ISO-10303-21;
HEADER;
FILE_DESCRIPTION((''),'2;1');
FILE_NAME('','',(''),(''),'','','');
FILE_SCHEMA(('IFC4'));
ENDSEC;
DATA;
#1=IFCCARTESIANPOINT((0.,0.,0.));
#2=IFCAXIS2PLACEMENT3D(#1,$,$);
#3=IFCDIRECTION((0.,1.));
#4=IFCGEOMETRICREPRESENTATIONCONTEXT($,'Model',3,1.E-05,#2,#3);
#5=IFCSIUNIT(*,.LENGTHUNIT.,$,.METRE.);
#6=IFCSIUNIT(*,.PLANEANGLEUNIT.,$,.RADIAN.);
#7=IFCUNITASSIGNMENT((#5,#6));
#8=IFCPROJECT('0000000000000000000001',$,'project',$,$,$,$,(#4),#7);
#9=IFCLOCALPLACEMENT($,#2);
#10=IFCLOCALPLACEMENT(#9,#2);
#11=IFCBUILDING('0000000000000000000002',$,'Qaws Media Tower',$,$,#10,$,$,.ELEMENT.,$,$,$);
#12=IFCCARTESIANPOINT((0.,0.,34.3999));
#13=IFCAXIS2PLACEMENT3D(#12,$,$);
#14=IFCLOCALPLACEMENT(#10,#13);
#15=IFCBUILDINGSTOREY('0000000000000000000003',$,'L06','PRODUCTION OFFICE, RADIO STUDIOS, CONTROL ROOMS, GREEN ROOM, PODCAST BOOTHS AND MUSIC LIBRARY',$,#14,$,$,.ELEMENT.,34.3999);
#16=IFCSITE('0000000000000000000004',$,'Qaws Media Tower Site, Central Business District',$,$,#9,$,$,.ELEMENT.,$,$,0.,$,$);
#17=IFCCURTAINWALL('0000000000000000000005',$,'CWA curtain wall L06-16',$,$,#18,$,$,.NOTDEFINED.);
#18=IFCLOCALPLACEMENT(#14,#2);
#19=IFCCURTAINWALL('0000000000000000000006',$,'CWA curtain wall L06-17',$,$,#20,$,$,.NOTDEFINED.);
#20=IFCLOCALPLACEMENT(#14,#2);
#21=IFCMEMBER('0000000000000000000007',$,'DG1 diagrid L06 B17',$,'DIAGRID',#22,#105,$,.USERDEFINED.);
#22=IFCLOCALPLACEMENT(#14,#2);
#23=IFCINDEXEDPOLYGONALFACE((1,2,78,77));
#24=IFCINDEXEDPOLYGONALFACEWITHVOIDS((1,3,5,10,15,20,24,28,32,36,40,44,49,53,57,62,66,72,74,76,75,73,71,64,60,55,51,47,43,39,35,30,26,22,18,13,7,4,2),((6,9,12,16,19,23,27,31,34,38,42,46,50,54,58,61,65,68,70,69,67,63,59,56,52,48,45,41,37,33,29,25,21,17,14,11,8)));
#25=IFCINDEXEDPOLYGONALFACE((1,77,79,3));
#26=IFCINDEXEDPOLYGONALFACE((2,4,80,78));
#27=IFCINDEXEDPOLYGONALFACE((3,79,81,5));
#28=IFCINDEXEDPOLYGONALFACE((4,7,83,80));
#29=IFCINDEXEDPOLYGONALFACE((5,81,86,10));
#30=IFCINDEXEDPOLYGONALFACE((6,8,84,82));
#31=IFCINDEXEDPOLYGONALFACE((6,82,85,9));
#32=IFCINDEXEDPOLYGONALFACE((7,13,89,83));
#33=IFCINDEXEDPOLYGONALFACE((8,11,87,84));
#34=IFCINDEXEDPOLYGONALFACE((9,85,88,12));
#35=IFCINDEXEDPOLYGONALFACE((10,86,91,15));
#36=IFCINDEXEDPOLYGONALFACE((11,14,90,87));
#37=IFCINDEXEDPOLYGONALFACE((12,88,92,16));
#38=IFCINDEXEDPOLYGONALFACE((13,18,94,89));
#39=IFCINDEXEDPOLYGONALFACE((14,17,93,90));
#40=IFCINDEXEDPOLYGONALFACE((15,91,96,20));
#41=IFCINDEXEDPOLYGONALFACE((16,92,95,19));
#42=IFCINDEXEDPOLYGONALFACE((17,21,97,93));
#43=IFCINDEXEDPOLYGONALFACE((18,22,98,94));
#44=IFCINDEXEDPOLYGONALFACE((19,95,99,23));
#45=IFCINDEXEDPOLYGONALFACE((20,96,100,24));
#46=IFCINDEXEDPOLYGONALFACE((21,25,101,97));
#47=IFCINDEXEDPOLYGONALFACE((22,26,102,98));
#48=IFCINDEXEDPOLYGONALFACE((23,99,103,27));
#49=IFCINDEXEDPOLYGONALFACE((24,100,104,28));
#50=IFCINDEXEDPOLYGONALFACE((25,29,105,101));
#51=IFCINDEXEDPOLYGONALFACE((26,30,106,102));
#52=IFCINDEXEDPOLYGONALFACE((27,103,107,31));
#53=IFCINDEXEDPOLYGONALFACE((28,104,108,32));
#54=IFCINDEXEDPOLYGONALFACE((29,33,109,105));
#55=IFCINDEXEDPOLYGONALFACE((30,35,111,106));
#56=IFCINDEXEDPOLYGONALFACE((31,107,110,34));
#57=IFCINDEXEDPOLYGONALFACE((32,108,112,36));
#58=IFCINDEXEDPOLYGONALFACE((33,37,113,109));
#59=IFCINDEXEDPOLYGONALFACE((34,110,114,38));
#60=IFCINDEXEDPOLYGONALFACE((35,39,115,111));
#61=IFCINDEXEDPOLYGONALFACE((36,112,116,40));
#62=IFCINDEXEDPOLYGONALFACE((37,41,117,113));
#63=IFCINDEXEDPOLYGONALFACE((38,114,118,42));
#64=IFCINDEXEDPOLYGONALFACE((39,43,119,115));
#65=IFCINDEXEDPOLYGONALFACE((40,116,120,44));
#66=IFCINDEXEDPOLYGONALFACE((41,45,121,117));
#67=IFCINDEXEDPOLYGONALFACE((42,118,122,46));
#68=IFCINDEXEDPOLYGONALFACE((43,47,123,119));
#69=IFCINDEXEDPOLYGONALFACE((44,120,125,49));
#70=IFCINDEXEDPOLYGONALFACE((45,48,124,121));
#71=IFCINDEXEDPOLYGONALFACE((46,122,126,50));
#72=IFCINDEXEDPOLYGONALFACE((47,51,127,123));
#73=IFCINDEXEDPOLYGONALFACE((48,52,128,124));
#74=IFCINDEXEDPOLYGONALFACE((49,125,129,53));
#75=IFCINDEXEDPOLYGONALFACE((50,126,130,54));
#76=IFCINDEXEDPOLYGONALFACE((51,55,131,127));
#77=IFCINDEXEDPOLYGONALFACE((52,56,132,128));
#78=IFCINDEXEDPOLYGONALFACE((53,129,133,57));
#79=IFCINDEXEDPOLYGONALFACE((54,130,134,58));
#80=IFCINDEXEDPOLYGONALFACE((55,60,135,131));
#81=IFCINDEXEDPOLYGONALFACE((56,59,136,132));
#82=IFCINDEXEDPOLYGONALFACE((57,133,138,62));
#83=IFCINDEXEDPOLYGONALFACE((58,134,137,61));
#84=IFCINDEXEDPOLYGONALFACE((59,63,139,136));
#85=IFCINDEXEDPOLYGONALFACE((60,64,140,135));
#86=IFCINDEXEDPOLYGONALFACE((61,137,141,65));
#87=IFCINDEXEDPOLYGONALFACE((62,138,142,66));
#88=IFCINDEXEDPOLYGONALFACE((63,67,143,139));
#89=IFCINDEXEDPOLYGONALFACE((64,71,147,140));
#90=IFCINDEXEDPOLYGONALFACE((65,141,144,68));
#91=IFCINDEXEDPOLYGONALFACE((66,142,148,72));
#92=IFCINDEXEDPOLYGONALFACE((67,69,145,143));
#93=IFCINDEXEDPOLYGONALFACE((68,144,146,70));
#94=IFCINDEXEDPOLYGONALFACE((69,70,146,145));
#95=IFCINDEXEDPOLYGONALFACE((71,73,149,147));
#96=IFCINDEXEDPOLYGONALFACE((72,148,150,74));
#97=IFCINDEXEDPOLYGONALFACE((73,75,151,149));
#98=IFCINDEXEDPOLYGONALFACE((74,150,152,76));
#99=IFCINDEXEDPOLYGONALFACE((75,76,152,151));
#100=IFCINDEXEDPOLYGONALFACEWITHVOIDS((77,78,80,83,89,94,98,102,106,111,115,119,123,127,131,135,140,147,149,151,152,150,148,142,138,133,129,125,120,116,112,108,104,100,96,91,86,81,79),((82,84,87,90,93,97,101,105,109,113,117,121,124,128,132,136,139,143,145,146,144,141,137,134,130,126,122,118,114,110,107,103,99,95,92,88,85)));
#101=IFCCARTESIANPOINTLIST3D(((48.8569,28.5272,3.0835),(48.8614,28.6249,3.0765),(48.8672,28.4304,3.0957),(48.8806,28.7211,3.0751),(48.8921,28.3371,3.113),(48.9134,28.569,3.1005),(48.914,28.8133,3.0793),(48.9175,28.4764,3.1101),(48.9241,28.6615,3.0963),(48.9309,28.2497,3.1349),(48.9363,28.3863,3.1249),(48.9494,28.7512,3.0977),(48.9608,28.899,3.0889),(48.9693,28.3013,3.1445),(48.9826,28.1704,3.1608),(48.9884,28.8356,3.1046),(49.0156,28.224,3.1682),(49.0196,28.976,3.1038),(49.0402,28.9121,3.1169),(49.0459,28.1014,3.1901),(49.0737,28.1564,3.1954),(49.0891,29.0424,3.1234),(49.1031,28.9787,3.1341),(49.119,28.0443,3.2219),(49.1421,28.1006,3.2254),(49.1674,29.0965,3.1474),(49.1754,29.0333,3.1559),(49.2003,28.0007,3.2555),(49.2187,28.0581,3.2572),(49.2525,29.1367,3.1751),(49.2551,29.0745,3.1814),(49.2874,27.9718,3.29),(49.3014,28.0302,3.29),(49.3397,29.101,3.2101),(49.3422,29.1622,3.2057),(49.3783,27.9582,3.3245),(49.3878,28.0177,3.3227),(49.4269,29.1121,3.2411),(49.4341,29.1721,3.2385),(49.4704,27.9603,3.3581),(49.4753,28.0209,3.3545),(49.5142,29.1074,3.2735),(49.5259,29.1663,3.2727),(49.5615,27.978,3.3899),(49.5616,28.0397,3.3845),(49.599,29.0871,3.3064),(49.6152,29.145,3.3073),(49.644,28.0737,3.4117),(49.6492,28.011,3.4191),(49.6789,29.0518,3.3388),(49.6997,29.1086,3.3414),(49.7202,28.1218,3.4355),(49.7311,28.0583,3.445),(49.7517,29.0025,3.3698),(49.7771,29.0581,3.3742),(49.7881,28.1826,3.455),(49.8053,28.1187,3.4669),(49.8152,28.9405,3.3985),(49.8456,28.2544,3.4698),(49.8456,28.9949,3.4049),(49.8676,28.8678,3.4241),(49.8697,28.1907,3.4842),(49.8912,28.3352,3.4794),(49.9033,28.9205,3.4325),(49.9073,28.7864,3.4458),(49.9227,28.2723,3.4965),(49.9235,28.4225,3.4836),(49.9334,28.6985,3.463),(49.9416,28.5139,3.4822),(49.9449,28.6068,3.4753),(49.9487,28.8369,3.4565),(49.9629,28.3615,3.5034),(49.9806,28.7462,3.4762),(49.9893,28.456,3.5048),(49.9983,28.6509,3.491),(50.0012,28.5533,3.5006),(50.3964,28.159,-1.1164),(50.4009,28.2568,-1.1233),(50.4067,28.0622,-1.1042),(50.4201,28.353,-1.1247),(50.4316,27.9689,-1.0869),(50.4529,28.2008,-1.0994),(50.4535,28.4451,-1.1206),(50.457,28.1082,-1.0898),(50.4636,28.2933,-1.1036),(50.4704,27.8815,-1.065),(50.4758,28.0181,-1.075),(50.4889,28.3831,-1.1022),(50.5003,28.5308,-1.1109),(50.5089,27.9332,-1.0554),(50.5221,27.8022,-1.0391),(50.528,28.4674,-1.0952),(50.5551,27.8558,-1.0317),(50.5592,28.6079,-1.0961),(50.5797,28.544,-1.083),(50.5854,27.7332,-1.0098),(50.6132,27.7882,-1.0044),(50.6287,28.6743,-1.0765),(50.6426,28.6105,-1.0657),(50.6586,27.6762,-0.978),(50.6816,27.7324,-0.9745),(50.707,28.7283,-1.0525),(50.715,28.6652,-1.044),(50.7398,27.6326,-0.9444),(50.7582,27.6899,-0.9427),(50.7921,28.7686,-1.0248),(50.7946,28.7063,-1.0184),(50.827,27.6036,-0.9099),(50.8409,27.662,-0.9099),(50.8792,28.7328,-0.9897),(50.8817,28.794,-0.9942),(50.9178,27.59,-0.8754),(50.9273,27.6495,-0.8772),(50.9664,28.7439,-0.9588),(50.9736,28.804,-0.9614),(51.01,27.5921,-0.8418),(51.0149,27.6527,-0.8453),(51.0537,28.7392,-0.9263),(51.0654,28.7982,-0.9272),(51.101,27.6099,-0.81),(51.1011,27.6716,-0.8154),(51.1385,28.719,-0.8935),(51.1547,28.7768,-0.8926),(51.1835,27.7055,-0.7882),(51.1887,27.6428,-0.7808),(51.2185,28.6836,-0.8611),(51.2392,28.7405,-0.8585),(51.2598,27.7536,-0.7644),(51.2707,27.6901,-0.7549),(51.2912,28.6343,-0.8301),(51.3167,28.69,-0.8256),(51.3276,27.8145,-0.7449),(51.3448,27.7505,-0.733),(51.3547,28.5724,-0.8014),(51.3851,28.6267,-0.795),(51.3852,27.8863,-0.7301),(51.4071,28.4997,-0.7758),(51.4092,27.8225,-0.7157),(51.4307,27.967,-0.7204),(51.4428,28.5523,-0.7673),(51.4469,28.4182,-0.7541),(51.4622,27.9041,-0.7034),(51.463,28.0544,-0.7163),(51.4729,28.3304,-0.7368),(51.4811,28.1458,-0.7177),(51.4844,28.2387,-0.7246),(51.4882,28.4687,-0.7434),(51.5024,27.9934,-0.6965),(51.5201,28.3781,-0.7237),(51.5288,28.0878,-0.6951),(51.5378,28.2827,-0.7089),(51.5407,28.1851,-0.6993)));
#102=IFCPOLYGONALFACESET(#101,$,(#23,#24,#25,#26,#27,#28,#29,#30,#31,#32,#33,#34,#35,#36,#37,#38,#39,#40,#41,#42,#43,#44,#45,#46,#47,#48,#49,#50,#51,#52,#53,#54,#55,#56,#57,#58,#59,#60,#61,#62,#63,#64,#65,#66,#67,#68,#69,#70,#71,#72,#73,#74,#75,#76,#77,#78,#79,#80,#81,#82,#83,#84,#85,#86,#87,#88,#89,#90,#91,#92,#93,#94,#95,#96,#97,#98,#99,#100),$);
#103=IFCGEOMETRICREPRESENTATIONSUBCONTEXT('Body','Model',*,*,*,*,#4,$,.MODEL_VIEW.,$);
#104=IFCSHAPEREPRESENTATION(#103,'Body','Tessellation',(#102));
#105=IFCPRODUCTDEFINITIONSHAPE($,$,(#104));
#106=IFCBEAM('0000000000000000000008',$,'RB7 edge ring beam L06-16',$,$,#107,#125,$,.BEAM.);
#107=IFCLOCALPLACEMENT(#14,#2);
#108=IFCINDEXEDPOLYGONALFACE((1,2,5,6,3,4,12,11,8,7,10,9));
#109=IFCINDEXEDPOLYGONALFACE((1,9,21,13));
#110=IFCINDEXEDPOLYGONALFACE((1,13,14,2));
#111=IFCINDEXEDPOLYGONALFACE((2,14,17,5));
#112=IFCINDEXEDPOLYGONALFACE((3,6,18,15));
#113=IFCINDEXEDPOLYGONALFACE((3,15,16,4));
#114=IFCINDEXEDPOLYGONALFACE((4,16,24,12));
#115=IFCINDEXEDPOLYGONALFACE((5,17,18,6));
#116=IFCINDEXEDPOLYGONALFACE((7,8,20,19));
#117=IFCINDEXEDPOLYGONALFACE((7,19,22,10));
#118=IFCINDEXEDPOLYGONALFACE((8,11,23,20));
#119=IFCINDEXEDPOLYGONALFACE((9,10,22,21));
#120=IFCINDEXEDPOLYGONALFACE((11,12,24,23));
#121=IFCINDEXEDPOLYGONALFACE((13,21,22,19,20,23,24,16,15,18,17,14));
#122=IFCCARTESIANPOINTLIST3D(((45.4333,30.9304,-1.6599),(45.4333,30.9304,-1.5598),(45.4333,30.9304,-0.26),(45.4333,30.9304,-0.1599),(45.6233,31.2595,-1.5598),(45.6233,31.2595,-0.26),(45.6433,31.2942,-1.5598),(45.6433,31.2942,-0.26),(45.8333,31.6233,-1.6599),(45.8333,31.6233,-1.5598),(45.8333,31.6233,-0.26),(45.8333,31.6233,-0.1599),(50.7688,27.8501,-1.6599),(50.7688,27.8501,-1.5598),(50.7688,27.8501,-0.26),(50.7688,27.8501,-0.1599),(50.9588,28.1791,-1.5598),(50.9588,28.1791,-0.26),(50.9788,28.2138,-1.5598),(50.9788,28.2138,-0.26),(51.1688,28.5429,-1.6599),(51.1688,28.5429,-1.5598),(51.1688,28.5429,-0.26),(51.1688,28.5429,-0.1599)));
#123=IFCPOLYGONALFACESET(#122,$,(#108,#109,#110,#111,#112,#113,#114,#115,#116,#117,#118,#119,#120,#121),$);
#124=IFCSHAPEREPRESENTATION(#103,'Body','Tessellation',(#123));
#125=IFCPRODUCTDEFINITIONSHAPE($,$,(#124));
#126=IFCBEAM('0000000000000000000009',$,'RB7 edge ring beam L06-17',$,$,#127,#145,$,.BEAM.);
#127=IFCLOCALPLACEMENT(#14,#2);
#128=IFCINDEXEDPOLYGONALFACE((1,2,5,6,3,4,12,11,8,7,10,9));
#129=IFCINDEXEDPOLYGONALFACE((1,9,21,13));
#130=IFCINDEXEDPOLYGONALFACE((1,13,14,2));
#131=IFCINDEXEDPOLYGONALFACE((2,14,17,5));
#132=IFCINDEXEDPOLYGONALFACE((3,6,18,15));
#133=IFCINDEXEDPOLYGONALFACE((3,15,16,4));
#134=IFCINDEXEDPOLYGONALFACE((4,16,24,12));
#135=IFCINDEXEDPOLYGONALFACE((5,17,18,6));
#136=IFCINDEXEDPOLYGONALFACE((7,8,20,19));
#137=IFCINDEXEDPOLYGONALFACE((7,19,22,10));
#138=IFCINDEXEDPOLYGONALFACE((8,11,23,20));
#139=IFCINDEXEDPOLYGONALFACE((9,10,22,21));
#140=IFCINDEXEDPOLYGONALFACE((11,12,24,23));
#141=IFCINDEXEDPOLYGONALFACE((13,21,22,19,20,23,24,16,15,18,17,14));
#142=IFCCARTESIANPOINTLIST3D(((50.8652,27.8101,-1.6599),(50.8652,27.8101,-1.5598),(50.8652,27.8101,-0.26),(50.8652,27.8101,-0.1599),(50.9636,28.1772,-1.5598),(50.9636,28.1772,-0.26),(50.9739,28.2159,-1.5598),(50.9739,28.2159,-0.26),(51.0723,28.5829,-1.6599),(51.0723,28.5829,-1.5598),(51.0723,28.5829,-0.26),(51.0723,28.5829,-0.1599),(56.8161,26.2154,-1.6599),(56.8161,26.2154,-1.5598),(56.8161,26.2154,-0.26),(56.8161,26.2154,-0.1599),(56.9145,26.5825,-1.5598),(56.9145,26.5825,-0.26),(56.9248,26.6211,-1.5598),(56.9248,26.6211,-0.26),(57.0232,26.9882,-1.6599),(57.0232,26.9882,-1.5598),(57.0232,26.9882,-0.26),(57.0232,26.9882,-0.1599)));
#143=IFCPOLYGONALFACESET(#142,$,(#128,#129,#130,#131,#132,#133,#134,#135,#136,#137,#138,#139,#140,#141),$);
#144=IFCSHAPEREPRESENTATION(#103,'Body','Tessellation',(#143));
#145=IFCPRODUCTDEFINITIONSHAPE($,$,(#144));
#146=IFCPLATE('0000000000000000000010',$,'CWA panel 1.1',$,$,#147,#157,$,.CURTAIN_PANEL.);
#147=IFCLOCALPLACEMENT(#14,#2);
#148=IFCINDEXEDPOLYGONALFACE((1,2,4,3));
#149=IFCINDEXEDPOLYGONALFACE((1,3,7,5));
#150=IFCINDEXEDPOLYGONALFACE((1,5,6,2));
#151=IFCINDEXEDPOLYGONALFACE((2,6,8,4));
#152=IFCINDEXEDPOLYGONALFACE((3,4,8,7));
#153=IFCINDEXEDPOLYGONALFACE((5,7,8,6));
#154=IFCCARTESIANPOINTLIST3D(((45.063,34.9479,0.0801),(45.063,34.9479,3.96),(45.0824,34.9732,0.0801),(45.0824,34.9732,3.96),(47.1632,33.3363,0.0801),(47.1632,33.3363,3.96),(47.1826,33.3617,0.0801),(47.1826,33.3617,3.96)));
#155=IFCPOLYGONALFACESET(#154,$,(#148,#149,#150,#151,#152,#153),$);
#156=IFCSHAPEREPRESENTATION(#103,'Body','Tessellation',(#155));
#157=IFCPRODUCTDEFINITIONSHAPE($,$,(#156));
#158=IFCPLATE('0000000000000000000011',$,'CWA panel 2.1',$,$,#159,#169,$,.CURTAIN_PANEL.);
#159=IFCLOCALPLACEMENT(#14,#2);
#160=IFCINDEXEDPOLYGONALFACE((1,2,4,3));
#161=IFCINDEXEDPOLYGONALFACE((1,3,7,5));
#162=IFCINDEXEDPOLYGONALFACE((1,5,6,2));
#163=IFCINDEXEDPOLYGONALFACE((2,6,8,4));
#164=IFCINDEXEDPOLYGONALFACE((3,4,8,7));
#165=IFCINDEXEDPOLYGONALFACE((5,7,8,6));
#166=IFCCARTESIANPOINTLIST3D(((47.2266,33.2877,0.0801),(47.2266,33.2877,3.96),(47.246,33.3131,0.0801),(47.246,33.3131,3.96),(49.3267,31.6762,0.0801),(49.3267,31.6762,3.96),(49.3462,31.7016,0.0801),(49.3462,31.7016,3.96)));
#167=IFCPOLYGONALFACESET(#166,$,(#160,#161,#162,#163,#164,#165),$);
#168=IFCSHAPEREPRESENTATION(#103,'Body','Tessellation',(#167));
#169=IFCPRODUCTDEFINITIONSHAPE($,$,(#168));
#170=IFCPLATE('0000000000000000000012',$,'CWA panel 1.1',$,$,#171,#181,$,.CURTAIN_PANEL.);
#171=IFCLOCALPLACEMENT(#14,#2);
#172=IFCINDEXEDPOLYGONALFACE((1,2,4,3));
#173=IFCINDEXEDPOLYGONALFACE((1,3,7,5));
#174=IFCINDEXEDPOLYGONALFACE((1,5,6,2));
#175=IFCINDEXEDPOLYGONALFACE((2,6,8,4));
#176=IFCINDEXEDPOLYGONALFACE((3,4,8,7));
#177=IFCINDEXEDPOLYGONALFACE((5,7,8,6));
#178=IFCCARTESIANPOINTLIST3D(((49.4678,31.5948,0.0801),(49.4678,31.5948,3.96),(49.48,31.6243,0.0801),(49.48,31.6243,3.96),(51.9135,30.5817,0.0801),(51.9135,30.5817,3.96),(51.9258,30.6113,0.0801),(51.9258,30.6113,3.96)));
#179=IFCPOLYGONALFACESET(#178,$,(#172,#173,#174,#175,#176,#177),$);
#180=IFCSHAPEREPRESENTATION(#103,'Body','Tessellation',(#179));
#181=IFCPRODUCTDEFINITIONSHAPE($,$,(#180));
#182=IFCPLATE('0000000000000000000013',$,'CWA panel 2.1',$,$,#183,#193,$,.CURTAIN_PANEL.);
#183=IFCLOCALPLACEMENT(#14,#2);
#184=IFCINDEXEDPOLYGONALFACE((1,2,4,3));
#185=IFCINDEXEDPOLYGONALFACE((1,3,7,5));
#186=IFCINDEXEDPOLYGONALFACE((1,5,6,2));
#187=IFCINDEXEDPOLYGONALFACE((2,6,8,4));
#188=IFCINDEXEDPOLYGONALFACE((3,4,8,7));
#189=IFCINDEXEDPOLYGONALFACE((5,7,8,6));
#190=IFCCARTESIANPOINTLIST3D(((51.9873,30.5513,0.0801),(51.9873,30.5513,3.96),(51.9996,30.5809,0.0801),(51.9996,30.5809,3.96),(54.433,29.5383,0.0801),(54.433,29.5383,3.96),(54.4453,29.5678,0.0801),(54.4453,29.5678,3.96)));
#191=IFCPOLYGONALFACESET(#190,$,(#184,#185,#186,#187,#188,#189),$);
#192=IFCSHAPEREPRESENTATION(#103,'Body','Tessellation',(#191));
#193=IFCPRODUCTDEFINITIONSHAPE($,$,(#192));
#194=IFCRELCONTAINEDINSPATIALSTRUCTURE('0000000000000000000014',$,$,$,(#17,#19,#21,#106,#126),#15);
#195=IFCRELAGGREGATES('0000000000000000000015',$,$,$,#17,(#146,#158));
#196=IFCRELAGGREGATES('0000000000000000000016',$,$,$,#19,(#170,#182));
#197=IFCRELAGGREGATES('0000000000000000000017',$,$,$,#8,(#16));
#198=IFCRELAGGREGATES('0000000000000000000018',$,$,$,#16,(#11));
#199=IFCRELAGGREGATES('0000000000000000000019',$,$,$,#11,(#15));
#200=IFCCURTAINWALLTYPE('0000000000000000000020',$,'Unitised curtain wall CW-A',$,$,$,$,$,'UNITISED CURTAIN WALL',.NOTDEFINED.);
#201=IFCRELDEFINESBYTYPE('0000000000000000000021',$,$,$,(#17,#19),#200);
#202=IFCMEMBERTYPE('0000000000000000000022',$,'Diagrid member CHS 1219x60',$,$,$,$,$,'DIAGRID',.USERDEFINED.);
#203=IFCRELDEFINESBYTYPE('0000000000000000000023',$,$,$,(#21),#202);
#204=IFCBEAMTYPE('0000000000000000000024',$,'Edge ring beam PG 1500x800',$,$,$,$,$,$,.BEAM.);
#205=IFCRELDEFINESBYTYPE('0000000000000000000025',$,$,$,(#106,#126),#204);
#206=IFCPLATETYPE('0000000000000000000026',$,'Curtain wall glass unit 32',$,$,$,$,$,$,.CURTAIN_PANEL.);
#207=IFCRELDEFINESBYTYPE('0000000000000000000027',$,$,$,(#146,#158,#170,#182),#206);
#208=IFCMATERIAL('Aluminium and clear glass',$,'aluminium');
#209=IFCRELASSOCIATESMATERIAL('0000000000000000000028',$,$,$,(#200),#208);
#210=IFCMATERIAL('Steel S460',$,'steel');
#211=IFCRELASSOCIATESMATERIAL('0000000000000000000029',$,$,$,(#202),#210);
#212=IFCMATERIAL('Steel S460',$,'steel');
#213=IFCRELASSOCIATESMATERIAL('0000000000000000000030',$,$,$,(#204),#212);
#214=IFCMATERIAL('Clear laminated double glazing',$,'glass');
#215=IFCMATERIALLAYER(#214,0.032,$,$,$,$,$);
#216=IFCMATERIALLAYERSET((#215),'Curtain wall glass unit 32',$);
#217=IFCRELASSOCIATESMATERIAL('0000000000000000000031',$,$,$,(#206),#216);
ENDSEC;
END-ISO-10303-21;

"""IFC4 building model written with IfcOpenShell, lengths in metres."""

from ifc_helpers import new_model, si_unit, direction, frame, origin, origin_2d, place, context, subcontext, project, spatial, rectangle, hollow_circle, i_section, extrude, material, layer, layer_set, material_profile, profile_set, type_object, element, aggregate, save


model = new_model("IFC4")

# Units and contexts
model_context = context("Model", 3, precision=1e-05, world=origin(), true_north=direction((0.0, 1.0)))
body_context = subcontext(model_context, "Body", "Model", "MODEL_VIEW")
ifc_project = project(units=[si_unit("LENGTHUNIT", "METRE"), si_unit("PLANEANGLEUNIT", "RADIAN")], contexts=[model_context])

# Site, building, storey
site_placement = place(None, origin())
site = spatial("IfcSite", under=ifc_project, at=site_placement, Name="Qaws Media Tower Site, Central Business District", CompositionType="ELEMENT", RefElevation=0.0)
building_placement = place(site_placement, origin())
building = spatial("IfcBuilding", under=site, at=building_placement, Name="Qaws Media Tower", CompositionType="ELEMENT")
storey_placement = place(building_placement, frame((0.0, 0.0, 34.3999)))
storey = spatial("IfcBuildingStorey", under=building, at=storey_placement, Name="L06", Description="PRODUCTION OFFICE, RADIO STUDIOS, CONTROL ROOMS, GREEN ROOM, PODCAST BOOTHS AND MUSIC LIBRARY", CompositionType="ELEMENT", Elevation=34.3999)

# Shared definitions
ifc_material_1 = material(Name="Aluminium and clear glass", Category="aluminium")
curtain_wall_type = type_object("IfcCurtainWallType", Name="Unitised curtain wall CW-A", ElementType="UNITISED CURTAIN WALL", PredefinedType="NOTDEFINED", material=ifc_material_1)

# Curtain walls
curtain_wall_1_placement = place(storey_placement, origin())
curtain_wall_1 = element("IfcCurtainWall", 1, at=curtain_wall_1_placement, inside=storey, type_object=curtain_wall_type, Name="CWA curtain wall L06-16", PredefinedType="NOTDEFINED")
curtain_wall_2_placement = place(storey_placement, origin())
curtain_wall_2 = element("IfcCurtainWall", 2, at=curtain_wall_2_placement, inside=storey, type_object=curtain_wall_type, Name="CWA curtain wall L06-17", PredefinedType="NOTDEFINED")

# Member
ifc_material_2 = material(Name="Steel S460", Category="steel")
ifc_material_profile_1 = material_profile(ifc_material_2, hollow_circle(Radius=0.6096, WallThickness=0.0601, at=origin_2d()), Name="CHS 1219x60")
ifc_profile_set_1 = profile_set([ifc_material_profile_1], Name="Steel S460")
member_type_1 = type_object("IfcMemberType", Name="Diagrid member CHS 1219x60", ElementType="DIAGRID", PredefinedType="USERDEFINED", material=ifc_profile_set_1)
for number, where, z_axis, x_axis, name in (
    (3, (50.9688, 28.1965, -0.9099), (-0.34301, 0.082026, 0.935744), (-0.23258, -0.972577, 0.0), "DG1 diagrid L06 B17"),
):
    element("IfcMember", number, at=place(storey_placement, frame(where, z_axis=z_axis, x_axis=x_axis)), inside=storey, type_object=member_type_1, Name=name, ObjectType="DIAGRID", PredefinedType="USERDEFINED", context=body_context, shape_type="SweptSolid", body=[
        extrude(hollow_circle(Radius=0.6096, WallThickness=0.0601, at=origin_2d()), origin(), (0.0, 0.0, 1.0), 4.4883),
    ])

# Beams
ifc_material_3 = material(Name="Steel S460", Category="steel")
ifc_material_profile_2 = material_profile(ifc_material_3, i_section(OverallWidth=0.8, OverallDepth=1.5, WebThickness=0.04, FlangeThickness=0.1001, at=origin_2d()), Name="PG 1500x800")
ifc_profile_set_2 = profile_set([ifc_material_profile_2], Name="Steel S460")
beam_type = type_object("IfcBeamType", Name="Edge ring beam PG 1500x800", PredefinedType="BEAM", material=ifc_profile_set_2)
for number, where, z_axis, x_axis, name in (
    (4, (45.6333, 31.2769, -0.9099), (0.866032, -0.499988, 0.0), (0.499988, 0.866032, 0.0), "RB7 edge ring beam L06-16"),
    (5, (50.9688, 28.1965, -0.9099), (0.965919, -0.258846, 0.0), (0.258846, 0.965919, 0.0), "RB7 edge ring beam L06-17"),
):
    element("IfcBeam", number, at=place(storey_placement, frame(where, z_axis=z_axis, x_axis=x_axis)), inside=storey, type_object=beam_type, Name=name, PredefinedType="BEAM", context=body_context, shape_type="SweptSolid", body=[
        extrude(i_section(OverallWidth=0.8, OverallDepth=1.5, WebThickness=0.04, FlangeThickness=0.1001, at=origin_2d()), origin(), (0.0, 0.0, 1.0), 6.1609),
    ])

# Plates
ifc_material_4 = material(Name="Clear laminated double glazing", Category="glass")
ifc_layer_1 = layer(ifc_material_4, 0.032)
ifc_layer_set_1 = layer_set([ifc_layer_1], Name="Curtain wall glass unit 32")
plate_type_1 = type_object("IfcPlateType", Name="Curtain wall glass unit 32", PredefinedType="CURTAIN_PANEL", material=ifc_layer_set_1)
plate_1_placement = place(storey_placement, frame((46.1228, 34.1548, 0.0801), z_axis=(0.0, 0.0, 1.0), x_axis=(0.793353, -0.608761, 0.0)))
plate_1 = element("IfcPlate", 6, at=plate_1_placement, type_object=plate_type_1, Name="CWA panel 1.1", PredefinedType="CURTAIN_PANEL", context=body_context, shape_type="SweptSolid", body=[
    extrude(rectangle(XDim=2.6472, YDim=0.032, at=origin_2d()), origin(), (0.0, 0.0, 1.0), 3.8799),
])
plate_2_placement = place(storey_placement, frame((48.2864, 32.4946, 0.0801), z_axis=(0.0, 0.0, 1.0), x_axis=(0.793353, -0.608761, 0.0)))
plate_2 = element("IfcPlate", 7, at=plate_2_placement, type_object=plate_type_1, Name="CWA panel 2.1", PredefinedType="CURTAIN_PANEL", context=body_context, shape_type="SweptSolid", body=[
    extrude(rectangle(XDim=2.6472, YDim=0.032, at=origin_2d()), origin(), (0.0, 0.0, 1.0), 3.8799),
])
aggregate(curtain_wall_1, [plate_1, plate_2])
plate_3_placement = place(storey_placement, frame((50.6968, 31.103, 0.0801), z_axis=(0.0, 0.0, 1.0), x_axis=(0.92388, -0.382683, 0.0)))
plate_3 = element("IfcPlate", 8, at=plate_3_placement, type_object=plate_type_1, Name="CWA panel 1.1", PredefinedType="CURTAIN_PANEL", context=body_context, shape_type="SweptSolid", body=[
    extrude(rectangle(XDim=2.6472, YDim=0.032, at=origin_2d()), origin(), (0.0, 0.0, 1.0), 3.8799),
])
plate_4_placement = place(storey_placement, frame((53.2163, 30.0596, 0.0801), z_axis=(0.0, 0.0, 1.0), x_axis=(0.92388, -0.382683, 0.0)))
plate_4 = element("IfcPlate", 9, at=plate_4_placement, type_object=plate_type_1, Name="CWA panel 2.1", PredefinedType="CURTAIN_PANEL", context=body_context, shape_type="SweptSolid", body=[
    extrude(rectangle(XDim=2.6472, YDim=0.032, at=origin_2d()), origin(), (0.0, 0.0, 1.0), 3.8799),
])
aggregate(curtain_wall_2, [plate_3, plate_4])

save(model, "model.ifc")
